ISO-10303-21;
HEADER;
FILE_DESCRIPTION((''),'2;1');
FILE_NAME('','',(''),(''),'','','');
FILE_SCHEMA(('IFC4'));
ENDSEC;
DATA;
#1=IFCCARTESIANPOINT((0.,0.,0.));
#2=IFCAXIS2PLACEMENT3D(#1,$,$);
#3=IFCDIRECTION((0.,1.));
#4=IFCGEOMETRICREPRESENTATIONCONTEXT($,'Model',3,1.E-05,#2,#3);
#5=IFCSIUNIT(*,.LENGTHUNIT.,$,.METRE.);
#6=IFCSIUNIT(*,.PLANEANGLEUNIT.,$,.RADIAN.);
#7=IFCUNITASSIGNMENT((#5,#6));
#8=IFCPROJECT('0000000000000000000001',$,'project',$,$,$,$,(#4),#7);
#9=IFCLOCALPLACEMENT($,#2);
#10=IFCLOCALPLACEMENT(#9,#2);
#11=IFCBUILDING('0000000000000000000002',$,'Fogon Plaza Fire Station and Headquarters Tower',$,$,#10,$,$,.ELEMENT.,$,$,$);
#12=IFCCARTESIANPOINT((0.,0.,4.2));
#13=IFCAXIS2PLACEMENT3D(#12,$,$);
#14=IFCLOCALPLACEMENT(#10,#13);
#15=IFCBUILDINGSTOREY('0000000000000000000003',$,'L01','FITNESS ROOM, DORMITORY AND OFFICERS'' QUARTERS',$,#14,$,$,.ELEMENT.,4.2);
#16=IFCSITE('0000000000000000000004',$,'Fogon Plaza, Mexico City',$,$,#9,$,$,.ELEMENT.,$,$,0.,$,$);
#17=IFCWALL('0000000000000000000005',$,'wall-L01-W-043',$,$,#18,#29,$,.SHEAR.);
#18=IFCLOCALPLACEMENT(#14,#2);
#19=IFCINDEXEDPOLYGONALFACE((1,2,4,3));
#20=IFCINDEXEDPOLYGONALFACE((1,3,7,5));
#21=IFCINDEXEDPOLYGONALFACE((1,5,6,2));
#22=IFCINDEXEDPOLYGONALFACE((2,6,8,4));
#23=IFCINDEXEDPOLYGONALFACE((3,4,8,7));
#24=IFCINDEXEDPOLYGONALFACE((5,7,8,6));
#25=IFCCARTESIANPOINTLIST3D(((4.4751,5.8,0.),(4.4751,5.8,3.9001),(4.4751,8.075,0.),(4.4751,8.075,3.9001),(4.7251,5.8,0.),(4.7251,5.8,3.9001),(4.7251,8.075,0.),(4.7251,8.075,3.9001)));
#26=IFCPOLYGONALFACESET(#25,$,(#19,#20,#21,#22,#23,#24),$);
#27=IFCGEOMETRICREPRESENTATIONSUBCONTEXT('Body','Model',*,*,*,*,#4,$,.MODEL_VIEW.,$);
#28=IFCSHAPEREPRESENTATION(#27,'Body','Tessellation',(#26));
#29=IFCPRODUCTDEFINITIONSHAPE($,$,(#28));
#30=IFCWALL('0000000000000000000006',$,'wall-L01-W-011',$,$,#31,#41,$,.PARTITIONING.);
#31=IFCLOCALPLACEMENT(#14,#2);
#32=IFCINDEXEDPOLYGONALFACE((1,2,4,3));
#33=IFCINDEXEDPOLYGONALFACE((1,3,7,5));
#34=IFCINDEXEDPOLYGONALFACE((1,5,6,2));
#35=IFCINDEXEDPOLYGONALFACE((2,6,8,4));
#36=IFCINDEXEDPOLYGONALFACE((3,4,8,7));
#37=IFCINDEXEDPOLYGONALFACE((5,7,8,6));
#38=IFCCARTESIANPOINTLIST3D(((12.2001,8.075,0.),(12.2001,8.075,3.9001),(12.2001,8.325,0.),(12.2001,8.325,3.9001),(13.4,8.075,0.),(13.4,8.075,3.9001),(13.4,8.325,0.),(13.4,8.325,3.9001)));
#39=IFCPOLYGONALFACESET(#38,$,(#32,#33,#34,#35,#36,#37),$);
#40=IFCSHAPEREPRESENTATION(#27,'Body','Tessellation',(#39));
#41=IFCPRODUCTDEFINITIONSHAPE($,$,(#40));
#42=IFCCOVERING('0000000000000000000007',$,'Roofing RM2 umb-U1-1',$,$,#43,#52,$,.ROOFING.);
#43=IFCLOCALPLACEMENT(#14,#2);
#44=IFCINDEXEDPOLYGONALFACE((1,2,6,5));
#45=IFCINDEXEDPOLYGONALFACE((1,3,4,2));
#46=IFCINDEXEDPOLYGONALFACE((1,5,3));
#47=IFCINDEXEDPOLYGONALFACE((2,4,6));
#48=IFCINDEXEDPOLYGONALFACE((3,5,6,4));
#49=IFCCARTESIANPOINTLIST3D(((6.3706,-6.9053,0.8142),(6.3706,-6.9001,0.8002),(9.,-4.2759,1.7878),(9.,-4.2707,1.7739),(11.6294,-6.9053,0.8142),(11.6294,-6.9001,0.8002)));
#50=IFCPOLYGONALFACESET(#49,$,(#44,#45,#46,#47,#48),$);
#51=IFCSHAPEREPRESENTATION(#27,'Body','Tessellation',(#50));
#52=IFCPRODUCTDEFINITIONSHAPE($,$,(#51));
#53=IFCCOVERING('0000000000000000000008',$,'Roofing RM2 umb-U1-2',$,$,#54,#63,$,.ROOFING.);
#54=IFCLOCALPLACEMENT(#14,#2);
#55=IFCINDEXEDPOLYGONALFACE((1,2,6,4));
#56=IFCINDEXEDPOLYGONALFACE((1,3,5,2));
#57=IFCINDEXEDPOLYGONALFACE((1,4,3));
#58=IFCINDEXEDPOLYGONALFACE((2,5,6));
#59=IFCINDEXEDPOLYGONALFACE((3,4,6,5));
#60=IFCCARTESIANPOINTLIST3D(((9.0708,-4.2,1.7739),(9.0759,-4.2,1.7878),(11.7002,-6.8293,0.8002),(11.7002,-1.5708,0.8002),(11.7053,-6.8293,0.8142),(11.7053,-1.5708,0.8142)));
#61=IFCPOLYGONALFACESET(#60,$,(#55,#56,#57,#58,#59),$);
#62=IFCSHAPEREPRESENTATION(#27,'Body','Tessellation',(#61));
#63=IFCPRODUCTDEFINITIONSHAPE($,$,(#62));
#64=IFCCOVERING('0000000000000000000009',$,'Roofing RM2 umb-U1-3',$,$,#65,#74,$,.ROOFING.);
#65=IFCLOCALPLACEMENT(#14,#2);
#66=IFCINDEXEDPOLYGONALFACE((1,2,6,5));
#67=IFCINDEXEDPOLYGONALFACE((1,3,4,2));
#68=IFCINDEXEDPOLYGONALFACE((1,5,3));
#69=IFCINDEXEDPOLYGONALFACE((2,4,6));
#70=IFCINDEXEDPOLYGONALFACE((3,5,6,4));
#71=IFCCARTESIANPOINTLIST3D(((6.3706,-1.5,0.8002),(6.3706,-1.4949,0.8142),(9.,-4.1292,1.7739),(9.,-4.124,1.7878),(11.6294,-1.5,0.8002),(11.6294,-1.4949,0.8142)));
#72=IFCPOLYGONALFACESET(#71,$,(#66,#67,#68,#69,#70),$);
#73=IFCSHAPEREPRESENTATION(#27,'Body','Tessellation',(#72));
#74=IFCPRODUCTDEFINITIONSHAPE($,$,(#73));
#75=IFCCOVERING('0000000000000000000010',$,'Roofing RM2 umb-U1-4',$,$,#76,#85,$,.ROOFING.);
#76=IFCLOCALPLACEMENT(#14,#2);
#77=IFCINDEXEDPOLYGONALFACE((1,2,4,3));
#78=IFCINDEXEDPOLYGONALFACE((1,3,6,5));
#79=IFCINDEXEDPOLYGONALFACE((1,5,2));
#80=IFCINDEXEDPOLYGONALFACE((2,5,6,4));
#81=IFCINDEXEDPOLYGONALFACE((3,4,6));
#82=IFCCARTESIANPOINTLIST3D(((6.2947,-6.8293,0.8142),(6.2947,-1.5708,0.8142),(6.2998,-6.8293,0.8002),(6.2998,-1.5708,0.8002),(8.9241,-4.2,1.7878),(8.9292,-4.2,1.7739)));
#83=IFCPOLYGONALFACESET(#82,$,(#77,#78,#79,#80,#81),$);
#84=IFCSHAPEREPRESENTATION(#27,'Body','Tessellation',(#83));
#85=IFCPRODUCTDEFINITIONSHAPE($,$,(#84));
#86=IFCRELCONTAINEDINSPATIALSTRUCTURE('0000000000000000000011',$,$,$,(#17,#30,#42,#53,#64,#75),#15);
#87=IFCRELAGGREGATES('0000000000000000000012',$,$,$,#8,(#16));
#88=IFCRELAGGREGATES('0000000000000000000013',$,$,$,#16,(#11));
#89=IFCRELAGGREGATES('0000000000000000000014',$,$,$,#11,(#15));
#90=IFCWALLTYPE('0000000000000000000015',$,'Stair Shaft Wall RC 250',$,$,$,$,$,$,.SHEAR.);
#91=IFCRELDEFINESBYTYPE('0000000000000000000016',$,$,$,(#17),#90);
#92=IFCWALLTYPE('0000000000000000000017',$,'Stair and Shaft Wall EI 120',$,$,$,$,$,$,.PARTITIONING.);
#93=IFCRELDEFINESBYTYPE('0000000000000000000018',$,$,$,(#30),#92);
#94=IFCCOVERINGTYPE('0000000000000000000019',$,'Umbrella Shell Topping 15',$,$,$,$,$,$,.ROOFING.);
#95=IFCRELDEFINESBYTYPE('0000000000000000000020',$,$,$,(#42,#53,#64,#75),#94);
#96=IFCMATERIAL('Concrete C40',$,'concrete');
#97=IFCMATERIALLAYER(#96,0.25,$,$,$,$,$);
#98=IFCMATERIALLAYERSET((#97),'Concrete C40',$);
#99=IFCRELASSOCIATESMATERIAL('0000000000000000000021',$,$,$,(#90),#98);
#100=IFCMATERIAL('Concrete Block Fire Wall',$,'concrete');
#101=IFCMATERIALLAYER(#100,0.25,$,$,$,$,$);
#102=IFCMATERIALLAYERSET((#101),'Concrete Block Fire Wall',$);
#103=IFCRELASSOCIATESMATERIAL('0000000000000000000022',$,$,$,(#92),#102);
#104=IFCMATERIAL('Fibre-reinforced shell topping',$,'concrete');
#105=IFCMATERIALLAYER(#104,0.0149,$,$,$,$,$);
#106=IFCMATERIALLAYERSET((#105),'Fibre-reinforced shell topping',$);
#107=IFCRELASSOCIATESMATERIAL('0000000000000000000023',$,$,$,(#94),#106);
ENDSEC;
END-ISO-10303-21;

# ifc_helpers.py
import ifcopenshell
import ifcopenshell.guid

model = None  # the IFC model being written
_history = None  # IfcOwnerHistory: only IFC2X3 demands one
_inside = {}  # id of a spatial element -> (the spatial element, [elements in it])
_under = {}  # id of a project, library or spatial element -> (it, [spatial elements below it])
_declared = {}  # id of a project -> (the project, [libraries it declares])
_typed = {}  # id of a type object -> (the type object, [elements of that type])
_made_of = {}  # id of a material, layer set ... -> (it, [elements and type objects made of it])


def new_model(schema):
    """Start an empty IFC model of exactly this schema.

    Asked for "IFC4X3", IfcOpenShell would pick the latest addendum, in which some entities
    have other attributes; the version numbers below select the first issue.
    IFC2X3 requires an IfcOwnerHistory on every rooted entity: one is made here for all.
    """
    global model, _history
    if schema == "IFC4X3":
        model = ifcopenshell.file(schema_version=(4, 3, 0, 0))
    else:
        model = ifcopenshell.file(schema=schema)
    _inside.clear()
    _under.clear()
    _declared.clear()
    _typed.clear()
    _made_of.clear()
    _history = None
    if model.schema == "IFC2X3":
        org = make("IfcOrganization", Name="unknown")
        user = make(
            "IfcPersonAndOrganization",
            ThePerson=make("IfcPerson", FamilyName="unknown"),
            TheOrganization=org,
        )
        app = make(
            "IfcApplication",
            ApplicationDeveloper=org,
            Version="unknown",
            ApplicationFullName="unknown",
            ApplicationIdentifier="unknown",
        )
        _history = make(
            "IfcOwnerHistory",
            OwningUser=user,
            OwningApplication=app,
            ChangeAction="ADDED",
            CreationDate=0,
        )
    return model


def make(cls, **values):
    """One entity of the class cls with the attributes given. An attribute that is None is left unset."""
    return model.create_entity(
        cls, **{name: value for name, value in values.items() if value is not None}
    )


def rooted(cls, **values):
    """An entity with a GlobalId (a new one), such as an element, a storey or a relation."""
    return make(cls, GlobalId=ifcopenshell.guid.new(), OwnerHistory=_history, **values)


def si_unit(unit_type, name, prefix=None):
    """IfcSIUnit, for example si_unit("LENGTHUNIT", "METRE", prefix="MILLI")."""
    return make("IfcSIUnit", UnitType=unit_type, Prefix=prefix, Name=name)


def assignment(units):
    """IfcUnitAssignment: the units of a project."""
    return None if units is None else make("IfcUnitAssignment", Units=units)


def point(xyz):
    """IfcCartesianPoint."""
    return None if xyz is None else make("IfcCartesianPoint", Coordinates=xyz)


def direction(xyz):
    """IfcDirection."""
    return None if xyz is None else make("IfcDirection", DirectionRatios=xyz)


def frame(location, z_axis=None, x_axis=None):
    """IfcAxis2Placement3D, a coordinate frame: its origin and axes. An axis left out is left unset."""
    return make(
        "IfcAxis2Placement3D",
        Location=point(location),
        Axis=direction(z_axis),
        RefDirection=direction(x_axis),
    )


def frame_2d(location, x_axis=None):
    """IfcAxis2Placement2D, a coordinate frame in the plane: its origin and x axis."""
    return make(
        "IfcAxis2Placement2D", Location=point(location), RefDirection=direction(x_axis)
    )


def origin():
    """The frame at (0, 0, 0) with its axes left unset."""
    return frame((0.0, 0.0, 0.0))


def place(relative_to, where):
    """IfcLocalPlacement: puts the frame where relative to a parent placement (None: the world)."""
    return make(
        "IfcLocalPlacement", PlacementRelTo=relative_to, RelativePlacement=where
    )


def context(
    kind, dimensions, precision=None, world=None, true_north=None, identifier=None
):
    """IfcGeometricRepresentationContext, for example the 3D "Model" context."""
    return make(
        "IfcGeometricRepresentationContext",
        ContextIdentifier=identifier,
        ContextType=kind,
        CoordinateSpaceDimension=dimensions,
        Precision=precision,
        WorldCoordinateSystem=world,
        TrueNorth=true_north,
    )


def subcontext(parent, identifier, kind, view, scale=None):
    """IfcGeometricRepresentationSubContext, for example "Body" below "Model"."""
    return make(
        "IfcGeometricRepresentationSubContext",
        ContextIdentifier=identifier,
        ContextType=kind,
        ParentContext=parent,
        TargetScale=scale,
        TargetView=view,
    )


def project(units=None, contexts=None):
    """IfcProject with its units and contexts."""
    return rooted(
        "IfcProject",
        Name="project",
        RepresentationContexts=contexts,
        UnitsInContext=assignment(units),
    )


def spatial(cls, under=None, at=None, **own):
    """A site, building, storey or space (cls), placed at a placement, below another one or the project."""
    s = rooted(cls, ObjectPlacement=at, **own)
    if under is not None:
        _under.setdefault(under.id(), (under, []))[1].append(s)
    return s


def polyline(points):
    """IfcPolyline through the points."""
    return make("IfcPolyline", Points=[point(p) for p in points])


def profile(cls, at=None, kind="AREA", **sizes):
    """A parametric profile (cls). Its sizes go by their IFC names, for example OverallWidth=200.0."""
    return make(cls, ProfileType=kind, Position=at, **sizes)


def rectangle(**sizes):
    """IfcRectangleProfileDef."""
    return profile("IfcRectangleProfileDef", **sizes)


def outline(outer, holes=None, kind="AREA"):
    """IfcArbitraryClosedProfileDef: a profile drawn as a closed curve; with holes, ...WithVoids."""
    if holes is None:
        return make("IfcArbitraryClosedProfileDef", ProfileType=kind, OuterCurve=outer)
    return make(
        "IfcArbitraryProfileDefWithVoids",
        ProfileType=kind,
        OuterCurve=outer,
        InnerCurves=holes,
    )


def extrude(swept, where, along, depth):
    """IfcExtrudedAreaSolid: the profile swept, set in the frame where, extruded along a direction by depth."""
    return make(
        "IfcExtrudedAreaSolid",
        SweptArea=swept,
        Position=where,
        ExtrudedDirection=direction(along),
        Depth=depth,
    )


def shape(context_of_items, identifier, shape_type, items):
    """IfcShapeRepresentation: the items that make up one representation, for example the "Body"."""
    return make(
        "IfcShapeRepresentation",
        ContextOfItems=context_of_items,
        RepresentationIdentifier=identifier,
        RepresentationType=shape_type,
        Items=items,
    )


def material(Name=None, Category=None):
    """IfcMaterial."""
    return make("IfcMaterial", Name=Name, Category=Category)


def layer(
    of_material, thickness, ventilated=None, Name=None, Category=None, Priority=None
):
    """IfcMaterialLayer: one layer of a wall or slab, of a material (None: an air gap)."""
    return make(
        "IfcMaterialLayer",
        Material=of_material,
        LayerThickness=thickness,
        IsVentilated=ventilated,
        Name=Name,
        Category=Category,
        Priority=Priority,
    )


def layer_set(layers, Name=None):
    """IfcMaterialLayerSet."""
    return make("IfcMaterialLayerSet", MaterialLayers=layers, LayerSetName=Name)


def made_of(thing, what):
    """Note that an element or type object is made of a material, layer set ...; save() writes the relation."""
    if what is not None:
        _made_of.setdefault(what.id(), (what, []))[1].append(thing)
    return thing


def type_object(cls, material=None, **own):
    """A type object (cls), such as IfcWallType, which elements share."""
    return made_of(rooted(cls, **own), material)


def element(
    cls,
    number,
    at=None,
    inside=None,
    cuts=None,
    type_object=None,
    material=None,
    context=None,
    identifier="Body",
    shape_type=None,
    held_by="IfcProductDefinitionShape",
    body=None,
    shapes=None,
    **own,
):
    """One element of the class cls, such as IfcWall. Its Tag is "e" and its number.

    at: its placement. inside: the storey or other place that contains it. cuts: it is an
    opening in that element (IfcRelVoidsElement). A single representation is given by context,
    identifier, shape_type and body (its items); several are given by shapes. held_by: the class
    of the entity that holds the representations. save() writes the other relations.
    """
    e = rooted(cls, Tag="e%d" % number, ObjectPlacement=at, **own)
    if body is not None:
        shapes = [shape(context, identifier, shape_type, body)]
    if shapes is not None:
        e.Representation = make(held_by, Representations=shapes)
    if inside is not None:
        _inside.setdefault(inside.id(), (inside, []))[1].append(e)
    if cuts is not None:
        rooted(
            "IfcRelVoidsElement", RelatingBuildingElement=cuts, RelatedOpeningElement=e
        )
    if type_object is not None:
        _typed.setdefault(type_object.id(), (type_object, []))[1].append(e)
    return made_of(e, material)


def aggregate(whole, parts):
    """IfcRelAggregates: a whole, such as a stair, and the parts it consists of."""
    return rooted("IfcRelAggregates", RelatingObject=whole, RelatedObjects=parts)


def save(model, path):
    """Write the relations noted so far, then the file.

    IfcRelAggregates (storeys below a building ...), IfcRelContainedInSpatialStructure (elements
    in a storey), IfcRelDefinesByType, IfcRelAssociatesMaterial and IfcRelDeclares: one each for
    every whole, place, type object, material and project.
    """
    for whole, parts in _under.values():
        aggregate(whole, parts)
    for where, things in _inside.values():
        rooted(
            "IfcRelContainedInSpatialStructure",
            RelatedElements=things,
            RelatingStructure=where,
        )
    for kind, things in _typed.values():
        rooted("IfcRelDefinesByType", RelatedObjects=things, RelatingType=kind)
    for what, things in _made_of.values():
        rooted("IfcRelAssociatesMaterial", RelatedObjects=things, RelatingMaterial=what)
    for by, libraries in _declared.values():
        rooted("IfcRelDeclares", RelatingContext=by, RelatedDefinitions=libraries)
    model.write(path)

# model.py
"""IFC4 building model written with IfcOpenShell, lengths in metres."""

from ifc_helpers import new_model, si_unit, direction, frame, frame_2d, origin, place, context, subcontext, project, spatial, polyline, rectangle, outline, extrude, material, layer, layer_set, type_object, element, save


model = new_model("IFC4")

# Units and contexts
model_context = context("Model", 3, precision=1e-05, world=origin(), true_north=direction((0.0, 1.0)))
body_context = subcontext(model_context, "Body", "Model", "MODEL_VIEW")
ifc_project = project(units=[si_unit("LENGTHUNIT", "METRE"), si_unit("PLANEANGLEUNIT", "RADIAN")], contexts=[model_context])

# Site, building, storey
site_placement = place(None, origin())
site = spatial("IfcSite", under=ifc_project, at=site_placement, Name="Fogon Plaza, Mexico City", CompositionType="ELEMENT", RefElevation=0.0)
building_placement = place(site_placement, origin())
building = spatial("IfcBuilding", under=site, at=building_placement, Name="Fogon Plaza Fire Station and Headquarters Tower", CompositionType="ELEMENT")
storey_placement = place(building_placement, frame((0.0, 0.0, 4.2)))
storey = spatial("IfcBuildingStorey", under=building, at=storey_placement, Name="L01", Description="FITNESS ROOM, DORMITORY AND OFFICERS' QUARTERS", CompositionType="ELEMENT", Elevation=4.2)

# Shared definitions
ifc_material_1 = material(Name="Concrete C40", Category="concrete")
ifc_layer_1 = layer(ifc_material_1, 0.25)
ifc_layer_set_1 = layer_set([ifc_layer_1], Name="Concrete C40")
wall_type_1 = type_object("IfcWallType", Name="Stair Shaft Wall RC 250", PredefinedType="SHEAR", material=ifc_layer_set_1)

# Walls
wall_1_placement = place(storey_placement, frame((4.6001, 5.8, 0.0), z_axis=(0.0, 0.0, 1.0), x_axis=(0.0, 1.0, 0.0)))
element("IfcWall", 1, at=wall_1_placement, inside=storey, type_object=wall_type_1, Name="wall-L01-W-043", PredefinedType="SHEAR", context=body_context, shape_type="SweptSolid", body=[
    extrude(rectangle(XDim=2.2749, YDim=0.25, at=frame_2d((1.1375, 0.0))), origin(), (0.0, 0.0, 1.0), 3.9001),
])
ifc_material_2 = material(Name="Concrete Block Fire Wall", Category="concrete")
ifc_layer_2 = layer(ifc_material_2, 0.25)
ifc_layer_set_2 = layer_set([ifc_layer_2], Name="Concrete Block Fire Wall")
wall_type_2 = type_object("IfcWallType", Name="Stair and Shaft Wall EI 120", PredefinedType="PARTITIONING", material=ifc_layer_set_2)
wall_2_placement = place(storey_placement, frame((12.2, 8.2, 0.0), z_axis=(0.0, 0.0, 1.0), x_axis=(1.0, 0.0, 0.0)))
element("IfcWall", 2, at=wall_2_placement, inside=storey, type_object=wall_type_2, Name="wall-L01-W-011", PredefinedType="PARTITIONING", context=body_context, shape_type="SweptSolid", body=[
    extrude(rectangle(XDim=1.2, YDim=0.25, at=frame_2d((0.6001, 0.0))), origin(), (0.0, 0.0, 1.0), 3.9001),
])

# Coverings
ifc_material_3 = material(Name="Fibre-reinforced shell topping", Category="concrete")
ifc_layer_3 = layer(ifc_material_3, 0.0149)
ifc_layer_set_3 = layer_set([ifc_layer_3], Name="Fibre-reinforced shell topping")
covering_type = type_object("IfcCoveringType", Name="Umbrella Shell Topping 15", PredefinedType="ROOFING", material=ifc_layer_set_3)
covering_1_placement = place(storey_placement, frame((6.3706, -6.9053, 0.8142), z_axis=(0.0, -0.347246, 0.937774), x_axis=(0.684047, 0.684047, 0.253294)))
element("IfcCovering", 3, at=covering_1_placement, inside=storey, type_object=covering_type, Name="Roofing RM2 umb-U1-1", PredefinedType="ROOFING", context=body_context, shape_type="SweptSolid", body=[
    extrude(outline(polyline([(0.0, 0.0), (3.8439, 0.0), (3.5973, -3.836), (0.0, 0.0)])), origin(), (0.0, 0.0, -1.0), 0.0149),
])
covering_2_placement = place(storey_placement, frame((11.7053, -6.8293, 0.8142), z_axis=(0.347246, 0.0, 0.937774), x_axis=(-0.684047, 0.684047, 0.253294)))
element("IfcCovering", 4, at=covering_2_placement, inside=storey, type_object=covering_type, Name="Roofing RM2 umb-U1-2", PredefinedType="ROOFING", context=body_context, shape_type="SweptSolid", body=[
    extrude(outline(polyline([(0.0, 0.0), (3.8439, 0.0), (3.5971, -3.8358), (0.0, 0.0)])), origin(), (0.0, 0.0, -1.0), 0.0149),
])
covering_3_placement = place(storey_placement, frame((11.6294, -1.4949, 0.8142), z_axis=(0.0, 0.347275, 0.937763), x_axis=(-0.684077, -0.684014, 0.253305)))
element("IfcCovering", 5, at=covering_3_placement, inside=storey, type_object=covering_type, Name="Roofing RM2 umb-U1-3", PredefinedType="ROOFING", context=body_context, shape_type="SweptSolid", body=[
    extrude(outline(polyline([(0.0, 0.0), (3.8437, 0.0), (3.5974, -3.8358), (0.0, 0.0)])), origin(), (0.0, 0.0, -1.0), 0.0149),
])
covering_4_placement = place(storey_placement, frame((6.2947, -1.5708, 0.8142), z_axis=(-0.347246, 0.0, 0.937774), x_axis=(0.684077, -0.684014, 0.253305)))
element("IfcCovering", 6, at=covering_4_placement, inside=storey, type_object=covering_type, Name="Roofing RM2 umb-U1-4", PredefinedType="ROOFING", context=body_context, shape_type="SweptSolid", body=[
    extrude(outline(polyline([(0.0, 0.0), (3.8437, 0.0), (3.5969, -3.8359), (0.0, 0.0)])), origin(), (0.0, 0.0, -1.0), 0.0149),
])

save(model, "model.ifc")
